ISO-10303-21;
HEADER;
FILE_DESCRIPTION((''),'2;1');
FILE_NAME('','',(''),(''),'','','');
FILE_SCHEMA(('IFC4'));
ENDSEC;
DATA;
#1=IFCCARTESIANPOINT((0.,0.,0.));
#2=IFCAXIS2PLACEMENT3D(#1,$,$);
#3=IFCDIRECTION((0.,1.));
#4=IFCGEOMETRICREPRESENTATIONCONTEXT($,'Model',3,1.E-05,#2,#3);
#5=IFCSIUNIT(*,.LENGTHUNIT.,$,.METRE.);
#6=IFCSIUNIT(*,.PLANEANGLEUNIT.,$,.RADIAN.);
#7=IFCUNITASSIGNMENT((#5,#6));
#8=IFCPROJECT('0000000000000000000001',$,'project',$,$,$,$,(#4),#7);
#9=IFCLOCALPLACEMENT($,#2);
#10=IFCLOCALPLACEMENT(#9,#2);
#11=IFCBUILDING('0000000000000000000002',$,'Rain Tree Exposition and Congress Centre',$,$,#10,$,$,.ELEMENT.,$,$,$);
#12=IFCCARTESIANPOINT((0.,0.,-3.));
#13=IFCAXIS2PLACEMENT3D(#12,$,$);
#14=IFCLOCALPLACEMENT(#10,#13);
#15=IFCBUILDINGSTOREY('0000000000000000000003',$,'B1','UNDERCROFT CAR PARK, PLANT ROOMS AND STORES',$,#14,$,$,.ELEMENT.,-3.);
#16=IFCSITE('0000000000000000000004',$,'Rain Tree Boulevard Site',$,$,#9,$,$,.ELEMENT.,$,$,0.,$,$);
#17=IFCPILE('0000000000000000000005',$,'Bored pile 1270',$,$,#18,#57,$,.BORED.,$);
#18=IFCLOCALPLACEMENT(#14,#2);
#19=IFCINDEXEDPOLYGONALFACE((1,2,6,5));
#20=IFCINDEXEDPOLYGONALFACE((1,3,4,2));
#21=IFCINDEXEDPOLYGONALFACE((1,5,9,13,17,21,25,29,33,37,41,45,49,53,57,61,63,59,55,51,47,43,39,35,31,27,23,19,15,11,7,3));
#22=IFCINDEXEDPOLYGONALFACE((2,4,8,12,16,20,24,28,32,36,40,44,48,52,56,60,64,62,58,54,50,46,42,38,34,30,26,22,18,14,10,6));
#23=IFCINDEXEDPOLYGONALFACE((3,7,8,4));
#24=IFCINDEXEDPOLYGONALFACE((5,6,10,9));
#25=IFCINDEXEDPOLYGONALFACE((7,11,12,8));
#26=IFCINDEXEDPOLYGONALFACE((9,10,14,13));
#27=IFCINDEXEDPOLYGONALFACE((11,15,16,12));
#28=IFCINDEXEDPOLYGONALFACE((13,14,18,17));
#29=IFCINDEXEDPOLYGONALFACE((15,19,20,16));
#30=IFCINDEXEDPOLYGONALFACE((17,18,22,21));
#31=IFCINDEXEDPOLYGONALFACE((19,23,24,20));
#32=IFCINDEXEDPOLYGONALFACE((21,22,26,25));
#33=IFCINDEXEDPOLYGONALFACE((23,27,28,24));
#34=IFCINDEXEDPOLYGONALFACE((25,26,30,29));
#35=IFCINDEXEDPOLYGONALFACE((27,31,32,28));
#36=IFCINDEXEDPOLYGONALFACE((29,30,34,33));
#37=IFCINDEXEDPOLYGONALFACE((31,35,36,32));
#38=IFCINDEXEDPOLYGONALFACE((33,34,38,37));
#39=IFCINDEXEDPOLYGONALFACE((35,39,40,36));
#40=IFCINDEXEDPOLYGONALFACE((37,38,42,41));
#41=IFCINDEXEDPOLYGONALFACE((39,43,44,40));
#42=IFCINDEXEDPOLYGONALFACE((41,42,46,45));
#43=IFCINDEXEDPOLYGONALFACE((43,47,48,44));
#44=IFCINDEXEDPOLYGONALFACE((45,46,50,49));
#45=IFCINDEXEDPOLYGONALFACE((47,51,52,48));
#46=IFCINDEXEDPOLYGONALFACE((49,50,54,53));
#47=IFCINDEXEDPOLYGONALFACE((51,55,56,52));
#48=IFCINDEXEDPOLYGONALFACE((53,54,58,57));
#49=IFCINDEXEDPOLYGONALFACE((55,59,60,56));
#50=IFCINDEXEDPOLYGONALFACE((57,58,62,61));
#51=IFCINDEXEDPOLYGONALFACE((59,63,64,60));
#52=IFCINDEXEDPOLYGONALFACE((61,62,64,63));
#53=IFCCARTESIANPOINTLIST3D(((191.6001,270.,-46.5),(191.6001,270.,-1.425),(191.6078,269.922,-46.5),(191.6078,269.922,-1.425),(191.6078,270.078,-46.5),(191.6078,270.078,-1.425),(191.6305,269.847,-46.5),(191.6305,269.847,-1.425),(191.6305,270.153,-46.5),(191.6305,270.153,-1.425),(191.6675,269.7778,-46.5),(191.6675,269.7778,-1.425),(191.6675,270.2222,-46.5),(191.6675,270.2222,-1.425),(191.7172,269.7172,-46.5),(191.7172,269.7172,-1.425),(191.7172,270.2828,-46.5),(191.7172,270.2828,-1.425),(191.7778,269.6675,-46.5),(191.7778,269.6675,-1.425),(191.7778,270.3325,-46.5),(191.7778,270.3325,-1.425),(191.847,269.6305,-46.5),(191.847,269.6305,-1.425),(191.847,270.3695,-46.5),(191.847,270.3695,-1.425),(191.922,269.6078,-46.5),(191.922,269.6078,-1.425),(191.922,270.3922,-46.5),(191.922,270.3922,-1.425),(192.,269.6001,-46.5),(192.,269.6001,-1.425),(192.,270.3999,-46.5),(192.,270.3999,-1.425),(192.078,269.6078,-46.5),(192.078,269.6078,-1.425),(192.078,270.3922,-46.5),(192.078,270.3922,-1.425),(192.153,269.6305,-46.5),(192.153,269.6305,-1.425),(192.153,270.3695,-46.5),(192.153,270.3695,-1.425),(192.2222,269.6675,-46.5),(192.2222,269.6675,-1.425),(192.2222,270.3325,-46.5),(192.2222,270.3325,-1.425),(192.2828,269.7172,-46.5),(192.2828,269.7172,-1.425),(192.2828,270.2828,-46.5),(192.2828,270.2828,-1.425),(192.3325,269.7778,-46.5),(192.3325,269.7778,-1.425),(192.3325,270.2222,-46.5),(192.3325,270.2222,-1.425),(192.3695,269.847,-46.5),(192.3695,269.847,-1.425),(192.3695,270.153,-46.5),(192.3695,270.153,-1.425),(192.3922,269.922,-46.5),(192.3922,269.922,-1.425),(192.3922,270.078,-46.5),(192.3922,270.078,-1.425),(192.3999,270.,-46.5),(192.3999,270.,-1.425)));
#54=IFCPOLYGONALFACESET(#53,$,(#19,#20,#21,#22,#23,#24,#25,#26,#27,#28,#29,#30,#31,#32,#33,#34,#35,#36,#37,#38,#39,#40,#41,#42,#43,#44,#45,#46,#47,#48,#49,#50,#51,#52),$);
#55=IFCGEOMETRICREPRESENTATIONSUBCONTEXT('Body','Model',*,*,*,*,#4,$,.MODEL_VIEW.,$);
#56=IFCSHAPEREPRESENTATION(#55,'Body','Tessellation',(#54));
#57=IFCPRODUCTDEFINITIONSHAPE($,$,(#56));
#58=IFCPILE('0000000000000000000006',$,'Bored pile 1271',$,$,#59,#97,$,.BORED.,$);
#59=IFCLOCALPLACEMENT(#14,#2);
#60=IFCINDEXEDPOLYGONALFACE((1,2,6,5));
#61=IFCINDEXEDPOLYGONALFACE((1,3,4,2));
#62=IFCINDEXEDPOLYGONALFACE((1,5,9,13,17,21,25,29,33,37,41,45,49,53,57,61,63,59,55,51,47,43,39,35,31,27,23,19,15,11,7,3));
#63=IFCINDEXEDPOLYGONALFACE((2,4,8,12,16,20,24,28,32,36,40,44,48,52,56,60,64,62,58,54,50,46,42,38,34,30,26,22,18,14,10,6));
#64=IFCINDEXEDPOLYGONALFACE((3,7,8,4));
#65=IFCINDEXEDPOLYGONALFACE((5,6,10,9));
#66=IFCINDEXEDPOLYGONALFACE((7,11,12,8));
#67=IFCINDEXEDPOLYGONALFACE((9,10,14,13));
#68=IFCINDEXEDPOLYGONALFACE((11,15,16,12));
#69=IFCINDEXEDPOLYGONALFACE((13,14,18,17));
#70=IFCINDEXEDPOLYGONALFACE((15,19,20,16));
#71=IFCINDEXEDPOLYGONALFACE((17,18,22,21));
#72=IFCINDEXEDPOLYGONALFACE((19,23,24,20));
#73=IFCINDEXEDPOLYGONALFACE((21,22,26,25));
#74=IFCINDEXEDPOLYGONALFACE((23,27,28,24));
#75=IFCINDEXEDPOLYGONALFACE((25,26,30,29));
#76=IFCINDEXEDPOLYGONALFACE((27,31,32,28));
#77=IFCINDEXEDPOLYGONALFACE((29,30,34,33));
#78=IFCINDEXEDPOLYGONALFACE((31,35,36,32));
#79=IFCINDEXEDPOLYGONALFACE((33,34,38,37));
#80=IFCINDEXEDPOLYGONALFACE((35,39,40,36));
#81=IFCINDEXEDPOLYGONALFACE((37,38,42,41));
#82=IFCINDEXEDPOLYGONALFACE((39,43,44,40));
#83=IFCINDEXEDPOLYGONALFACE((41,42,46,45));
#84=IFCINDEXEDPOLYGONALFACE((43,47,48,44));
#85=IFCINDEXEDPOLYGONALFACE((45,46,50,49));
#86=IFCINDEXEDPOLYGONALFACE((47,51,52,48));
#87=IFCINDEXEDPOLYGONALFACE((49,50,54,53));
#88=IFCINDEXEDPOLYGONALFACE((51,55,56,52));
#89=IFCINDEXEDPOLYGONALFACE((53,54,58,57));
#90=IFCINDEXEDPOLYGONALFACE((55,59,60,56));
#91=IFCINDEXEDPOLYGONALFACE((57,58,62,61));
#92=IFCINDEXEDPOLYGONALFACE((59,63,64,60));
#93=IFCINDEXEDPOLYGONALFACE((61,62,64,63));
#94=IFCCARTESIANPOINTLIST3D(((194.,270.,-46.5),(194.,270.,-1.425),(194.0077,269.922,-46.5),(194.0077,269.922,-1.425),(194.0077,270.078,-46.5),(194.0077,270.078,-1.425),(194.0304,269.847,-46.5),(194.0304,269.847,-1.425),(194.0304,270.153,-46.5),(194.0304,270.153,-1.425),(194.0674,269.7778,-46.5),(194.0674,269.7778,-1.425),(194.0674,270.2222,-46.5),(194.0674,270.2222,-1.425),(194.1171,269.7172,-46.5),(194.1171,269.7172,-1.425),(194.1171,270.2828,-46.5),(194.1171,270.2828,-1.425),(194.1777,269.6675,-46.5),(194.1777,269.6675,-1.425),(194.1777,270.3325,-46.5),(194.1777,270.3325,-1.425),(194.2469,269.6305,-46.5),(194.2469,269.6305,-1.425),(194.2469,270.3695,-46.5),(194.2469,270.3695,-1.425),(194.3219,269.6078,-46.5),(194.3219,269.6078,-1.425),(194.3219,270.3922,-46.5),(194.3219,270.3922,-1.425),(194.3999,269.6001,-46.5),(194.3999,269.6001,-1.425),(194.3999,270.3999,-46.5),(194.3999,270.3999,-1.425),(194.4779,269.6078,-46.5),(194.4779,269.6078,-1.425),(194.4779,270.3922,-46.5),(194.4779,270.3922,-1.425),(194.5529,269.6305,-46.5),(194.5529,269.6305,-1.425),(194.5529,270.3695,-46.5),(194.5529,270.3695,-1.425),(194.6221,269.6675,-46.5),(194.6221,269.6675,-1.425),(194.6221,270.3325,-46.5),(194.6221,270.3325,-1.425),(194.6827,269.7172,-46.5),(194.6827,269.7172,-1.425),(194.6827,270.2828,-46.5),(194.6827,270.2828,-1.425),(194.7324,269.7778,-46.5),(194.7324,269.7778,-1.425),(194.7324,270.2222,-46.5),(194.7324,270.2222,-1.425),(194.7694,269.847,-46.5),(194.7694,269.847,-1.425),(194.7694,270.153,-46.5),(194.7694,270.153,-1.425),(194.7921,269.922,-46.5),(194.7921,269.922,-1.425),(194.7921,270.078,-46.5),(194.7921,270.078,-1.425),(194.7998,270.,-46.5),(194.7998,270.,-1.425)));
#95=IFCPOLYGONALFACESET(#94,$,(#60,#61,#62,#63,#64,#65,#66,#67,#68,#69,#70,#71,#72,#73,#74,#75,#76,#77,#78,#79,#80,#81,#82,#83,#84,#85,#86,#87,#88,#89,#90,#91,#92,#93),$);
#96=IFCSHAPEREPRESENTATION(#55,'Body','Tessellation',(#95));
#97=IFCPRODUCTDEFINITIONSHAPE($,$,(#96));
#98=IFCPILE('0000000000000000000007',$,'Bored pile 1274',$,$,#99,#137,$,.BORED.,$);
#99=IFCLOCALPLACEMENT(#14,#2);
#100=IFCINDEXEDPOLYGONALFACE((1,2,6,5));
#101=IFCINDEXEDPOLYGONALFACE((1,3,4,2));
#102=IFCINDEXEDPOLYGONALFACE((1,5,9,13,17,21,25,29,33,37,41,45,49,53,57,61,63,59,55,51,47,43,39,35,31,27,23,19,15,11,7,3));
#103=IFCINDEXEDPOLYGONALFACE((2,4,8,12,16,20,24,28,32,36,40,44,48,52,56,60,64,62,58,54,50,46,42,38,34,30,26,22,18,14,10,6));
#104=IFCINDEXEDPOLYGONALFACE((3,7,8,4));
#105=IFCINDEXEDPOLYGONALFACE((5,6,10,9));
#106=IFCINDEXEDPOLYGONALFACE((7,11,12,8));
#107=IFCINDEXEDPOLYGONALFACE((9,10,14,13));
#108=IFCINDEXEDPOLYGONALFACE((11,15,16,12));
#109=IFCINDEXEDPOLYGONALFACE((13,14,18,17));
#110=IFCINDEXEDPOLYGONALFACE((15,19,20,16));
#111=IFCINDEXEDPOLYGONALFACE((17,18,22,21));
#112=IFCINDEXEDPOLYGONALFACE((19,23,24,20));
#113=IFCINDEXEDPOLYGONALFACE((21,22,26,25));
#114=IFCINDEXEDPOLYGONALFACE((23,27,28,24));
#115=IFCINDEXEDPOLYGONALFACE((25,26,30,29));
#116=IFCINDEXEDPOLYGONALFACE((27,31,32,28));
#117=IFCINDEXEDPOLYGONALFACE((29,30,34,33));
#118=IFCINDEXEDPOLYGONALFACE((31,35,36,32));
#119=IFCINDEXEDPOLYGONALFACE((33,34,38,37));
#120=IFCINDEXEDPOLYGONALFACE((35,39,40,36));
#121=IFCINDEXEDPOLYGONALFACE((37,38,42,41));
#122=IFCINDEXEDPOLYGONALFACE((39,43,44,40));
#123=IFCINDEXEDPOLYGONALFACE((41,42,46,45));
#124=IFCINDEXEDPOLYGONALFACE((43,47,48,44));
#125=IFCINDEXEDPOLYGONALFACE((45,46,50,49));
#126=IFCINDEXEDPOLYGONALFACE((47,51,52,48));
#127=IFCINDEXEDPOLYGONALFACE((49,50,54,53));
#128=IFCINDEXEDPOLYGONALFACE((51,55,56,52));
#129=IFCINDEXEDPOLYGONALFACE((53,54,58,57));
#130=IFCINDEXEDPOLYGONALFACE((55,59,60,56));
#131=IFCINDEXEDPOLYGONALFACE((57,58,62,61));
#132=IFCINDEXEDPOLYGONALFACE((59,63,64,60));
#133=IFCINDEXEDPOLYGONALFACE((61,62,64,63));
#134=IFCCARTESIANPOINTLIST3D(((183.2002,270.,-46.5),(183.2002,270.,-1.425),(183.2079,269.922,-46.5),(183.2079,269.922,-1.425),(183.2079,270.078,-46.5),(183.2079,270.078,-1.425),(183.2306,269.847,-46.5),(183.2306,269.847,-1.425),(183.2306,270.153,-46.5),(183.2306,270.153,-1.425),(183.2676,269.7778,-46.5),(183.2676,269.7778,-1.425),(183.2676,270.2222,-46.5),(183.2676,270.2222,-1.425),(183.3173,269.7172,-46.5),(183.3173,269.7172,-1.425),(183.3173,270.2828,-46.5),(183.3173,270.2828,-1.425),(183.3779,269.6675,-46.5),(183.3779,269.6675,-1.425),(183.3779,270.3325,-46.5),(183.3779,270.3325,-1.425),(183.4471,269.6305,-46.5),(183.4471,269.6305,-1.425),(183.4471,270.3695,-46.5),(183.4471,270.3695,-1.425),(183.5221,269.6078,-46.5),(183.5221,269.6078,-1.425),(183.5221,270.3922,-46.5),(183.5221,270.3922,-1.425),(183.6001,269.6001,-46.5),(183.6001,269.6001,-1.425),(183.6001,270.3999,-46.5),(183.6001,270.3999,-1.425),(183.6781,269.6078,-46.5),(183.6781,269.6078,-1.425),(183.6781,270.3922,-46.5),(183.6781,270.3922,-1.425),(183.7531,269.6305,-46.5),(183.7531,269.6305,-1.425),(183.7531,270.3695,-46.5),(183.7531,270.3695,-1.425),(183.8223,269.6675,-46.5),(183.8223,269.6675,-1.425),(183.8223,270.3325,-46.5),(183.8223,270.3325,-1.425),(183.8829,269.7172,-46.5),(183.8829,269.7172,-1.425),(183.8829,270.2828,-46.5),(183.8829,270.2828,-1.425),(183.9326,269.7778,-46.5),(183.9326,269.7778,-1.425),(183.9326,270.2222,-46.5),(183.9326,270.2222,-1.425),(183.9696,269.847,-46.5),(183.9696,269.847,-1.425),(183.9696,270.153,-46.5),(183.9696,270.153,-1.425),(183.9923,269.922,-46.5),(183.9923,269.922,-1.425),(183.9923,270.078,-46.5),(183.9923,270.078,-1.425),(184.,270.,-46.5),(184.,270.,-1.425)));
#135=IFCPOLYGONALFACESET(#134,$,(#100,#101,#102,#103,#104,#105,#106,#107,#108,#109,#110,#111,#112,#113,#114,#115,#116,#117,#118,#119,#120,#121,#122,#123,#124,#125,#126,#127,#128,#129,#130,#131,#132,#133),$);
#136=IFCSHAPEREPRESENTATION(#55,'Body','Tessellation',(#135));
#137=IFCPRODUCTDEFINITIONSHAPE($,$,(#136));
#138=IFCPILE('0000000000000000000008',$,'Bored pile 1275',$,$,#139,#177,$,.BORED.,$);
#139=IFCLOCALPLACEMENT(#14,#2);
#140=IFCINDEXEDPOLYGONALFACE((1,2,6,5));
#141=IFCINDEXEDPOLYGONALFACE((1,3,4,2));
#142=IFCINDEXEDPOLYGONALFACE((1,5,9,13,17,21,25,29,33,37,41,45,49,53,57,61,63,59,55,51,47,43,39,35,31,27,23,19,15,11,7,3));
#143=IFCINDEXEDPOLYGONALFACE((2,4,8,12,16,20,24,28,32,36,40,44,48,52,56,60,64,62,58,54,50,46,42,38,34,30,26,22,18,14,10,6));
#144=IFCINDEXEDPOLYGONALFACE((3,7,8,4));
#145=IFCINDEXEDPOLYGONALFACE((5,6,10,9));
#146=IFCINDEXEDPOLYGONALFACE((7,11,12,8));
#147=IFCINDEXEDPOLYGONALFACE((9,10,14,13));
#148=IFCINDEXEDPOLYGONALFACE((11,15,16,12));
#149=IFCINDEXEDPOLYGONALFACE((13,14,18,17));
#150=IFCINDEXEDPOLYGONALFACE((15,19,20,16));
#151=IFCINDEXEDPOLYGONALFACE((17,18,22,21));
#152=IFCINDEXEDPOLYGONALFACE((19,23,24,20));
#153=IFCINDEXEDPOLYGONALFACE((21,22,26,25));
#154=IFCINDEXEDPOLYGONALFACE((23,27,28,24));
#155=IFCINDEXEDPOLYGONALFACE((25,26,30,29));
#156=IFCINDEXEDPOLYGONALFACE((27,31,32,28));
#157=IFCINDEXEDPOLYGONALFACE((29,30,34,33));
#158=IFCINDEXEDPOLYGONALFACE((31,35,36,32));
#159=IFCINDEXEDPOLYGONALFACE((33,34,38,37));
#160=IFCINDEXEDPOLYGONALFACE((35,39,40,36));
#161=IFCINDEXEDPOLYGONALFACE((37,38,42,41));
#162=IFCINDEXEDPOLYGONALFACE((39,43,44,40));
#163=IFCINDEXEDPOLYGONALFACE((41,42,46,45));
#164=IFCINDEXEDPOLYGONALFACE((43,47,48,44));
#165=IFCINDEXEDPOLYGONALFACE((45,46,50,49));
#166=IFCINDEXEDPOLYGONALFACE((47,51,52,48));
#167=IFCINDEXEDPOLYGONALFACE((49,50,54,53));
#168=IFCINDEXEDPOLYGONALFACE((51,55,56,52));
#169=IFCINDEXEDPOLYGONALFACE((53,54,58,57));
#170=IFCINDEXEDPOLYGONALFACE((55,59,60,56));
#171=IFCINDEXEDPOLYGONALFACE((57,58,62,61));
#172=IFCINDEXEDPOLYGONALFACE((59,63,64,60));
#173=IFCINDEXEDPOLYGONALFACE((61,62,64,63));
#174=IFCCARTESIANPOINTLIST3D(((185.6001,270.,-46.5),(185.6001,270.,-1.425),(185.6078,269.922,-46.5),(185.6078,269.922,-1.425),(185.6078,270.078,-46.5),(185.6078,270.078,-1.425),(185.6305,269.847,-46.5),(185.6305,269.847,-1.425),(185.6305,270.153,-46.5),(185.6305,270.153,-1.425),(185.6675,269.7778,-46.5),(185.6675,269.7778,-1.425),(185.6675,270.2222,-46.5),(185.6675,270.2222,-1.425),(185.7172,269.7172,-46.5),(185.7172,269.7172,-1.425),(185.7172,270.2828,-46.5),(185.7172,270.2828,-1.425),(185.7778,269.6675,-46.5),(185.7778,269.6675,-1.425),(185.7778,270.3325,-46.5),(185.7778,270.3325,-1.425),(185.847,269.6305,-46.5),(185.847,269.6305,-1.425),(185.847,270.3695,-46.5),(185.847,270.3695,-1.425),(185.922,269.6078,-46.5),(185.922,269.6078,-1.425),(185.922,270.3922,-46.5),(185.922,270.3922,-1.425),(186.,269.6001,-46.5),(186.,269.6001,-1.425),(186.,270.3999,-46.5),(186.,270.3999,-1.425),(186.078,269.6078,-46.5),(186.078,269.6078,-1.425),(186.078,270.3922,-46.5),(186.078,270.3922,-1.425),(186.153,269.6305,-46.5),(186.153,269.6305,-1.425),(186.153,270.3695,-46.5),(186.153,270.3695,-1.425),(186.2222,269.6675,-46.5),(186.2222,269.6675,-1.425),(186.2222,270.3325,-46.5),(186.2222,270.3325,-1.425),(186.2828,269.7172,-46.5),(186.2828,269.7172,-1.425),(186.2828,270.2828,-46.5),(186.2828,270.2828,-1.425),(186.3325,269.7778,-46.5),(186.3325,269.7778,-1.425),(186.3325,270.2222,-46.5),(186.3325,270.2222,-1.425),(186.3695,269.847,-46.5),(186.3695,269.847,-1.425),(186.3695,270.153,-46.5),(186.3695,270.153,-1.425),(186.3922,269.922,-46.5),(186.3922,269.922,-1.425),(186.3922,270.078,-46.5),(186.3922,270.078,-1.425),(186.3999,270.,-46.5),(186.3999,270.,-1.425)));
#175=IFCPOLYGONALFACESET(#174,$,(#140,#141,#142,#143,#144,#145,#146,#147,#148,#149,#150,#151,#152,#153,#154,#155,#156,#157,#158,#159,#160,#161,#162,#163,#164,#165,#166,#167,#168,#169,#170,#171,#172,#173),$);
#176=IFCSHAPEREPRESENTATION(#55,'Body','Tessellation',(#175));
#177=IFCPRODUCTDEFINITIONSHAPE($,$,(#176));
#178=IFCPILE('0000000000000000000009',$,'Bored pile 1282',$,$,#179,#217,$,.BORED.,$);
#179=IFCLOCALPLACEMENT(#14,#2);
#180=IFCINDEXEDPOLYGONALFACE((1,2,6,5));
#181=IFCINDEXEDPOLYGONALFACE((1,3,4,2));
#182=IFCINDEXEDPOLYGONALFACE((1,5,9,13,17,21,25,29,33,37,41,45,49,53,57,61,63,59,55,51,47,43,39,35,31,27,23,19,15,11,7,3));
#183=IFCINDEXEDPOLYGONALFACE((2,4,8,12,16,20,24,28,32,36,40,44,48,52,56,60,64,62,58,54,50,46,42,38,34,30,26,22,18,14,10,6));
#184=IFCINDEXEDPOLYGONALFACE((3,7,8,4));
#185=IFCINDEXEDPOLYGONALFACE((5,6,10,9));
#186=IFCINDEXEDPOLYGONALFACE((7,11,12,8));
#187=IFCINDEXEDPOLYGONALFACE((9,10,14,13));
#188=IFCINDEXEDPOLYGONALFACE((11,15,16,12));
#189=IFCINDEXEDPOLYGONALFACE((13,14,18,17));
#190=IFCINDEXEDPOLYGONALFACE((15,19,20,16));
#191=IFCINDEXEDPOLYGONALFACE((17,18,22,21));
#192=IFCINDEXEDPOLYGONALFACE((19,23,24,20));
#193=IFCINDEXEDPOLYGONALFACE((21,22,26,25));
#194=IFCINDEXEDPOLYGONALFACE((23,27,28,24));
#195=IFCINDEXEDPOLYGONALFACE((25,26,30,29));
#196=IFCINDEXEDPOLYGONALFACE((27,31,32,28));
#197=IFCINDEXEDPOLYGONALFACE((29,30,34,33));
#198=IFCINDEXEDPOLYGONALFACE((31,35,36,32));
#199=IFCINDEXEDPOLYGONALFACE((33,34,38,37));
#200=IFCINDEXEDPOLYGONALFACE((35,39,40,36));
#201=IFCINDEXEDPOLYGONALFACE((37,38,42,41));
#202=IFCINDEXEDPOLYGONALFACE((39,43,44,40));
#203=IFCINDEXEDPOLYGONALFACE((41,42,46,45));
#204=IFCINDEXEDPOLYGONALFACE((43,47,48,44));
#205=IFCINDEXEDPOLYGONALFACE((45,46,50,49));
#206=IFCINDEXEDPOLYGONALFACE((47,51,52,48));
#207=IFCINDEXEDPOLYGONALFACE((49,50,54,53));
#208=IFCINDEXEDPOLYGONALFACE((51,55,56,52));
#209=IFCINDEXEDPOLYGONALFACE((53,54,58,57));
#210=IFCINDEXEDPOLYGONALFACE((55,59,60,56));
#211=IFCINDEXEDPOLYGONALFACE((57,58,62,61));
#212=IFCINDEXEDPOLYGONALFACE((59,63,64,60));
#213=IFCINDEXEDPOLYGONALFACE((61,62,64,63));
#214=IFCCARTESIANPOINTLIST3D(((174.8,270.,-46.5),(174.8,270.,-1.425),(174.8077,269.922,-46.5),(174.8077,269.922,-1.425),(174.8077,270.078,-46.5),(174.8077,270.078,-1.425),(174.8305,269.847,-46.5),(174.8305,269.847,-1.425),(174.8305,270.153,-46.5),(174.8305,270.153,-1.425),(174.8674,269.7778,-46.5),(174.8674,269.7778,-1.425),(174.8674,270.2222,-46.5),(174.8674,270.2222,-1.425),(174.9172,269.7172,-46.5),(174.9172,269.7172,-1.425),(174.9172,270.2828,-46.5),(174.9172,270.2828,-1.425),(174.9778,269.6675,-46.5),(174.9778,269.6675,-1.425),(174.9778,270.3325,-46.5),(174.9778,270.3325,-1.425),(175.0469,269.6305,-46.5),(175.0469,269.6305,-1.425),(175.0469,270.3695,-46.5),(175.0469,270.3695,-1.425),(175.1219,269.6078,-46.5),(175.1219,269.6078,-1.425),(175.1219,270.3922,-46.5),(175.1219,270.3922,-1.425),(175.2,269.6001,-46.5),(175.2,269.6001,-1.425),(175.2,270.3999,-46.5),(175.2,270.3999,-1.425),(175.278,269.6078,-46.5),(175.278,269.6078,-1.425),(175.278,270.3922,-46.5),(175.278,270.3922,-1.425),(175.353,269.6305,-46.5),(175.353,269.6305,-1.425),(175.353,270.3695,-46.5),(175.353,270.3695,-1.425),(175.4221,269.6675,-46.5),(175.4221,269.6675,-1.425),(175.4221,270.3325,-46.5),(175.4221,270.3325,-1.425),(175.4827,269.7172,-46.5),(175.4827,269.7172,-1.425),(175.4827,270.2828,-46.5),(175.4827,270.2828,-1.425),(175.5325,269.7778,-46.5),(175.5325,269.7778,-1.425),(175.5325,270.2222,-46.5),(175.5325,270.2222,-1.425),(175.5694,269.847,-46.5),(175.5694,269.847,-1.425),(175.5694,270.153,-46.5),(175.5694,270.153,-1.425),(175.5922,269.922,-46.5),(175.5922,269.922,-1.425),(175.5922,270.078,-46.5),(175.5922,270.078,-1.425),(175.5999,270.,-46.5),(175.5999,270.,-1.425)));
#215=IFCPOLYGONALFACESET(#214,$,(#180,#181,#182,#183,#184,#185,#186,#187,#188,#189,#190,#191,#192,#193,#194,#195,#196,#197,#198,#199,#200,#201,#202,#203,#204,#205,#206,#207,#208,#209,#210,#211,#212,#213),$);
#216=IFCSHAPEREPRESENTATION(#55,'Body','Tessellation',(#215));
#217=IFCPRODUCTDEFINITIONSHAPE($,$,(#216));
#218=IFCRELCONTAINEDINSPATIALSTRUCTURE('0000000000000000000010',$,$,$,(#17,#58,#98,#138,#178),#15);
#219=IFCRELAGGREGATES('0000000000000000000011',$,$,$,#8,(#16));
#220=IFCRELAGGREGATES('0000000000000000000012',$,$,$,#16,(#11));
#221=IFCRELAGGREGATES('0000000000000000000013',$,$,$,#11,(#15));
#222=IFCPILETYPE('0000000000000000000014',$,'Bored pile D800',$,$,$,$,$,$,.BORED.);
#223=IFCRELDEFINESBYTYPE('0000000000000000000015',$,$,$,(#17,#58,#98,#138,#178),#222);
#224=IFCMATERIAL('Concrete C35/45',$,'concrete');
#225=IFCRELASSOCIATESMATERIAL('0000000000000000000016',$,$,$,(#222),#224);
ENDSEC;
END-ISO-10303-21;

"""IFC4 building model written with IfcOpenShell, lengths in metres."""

from ifc_helpers import new_model, si_unit, direction, frame, origin, origin_2d, place, context, subcontext, project, spatial, circle, extrude, material, material_profile, profile_set, type_object, element, save


model = new_model("IFC4")

# Units and contexts
model_context = context("Model", 3, precision=1e-05, world=origin(), true_north=direction((0.0, 1.0)))
body_context = subcontext(model_context, "Body", "Model", "MODEL_VIEW")
ifc_project = project(units=[si_unit("LENGTHUNIT", "METRE"), si_unit("PLANEANGLEUNIT", "RADIAN")], contexts=[model_context])

# Site, building, storey
site_placement = place(None, origin())
site = spatial("IfcSite", under=ifc_project, at=site_placement, Name="Rain Tree Boulevard Site", CompositionType="ELEMENT", RefElevation=0.0)
building_placement = place(site_placement, origin())
building = spatial("IfcBuilding", under=site, at=building_placement, Name="Rain Tree Exposition and Congress Centre", CompositionType="ELEMENT")
storey_placement = place(building_placement, frame((0.0, 0.0, -3.0)))
storey = spatial("IfcBuildingStorey", under=building, at=storey_placement, Name="B1", Description="UNDERCROFT CAR PARK, PLANT ROOMS AND STORES", CompositionType="ELEMENT", Elevation=-3.0)

# Piles
ifc_material_1 = material(Name="Concrete C35/45", Category="concrete")
ifc_material_profile_1 = material_profile(ifc_material_1, circle(Radius=0.3999, at=origin_2d()), Name="D800")
ifc_profile_set_1 = profile_set([ifc_material_profile_1], Name="Concrete C35/45")
pile_type_1 = type_object("IfcPileType", Name="Bored pile D800", PredefinedType="BORED", material=ifc_profile_set_1)
for number, where, z_axis, x_axis, name in (
    (1, (192.0, 270.0, -1.425), (0.0, 0.0, -1.0), (1.0, 0.0, 0.0), "Bored pile 1270"),
    (2, (194.3999, 270.0, -1.425), (0.0, 0.0, -1.0), (1.0, 0.0, 0.0), "Bored pile 1271"),
    (3, (183.6001, 270.0, -1.425), (0.0, 0.0, -1.0), (1.0, 0.0, 0.0), "Bored pile 1274"),
    (4, (186.0, 270.0, -1.425), (0.0, 0.0, -1.0), (1.0, 0.0, 0.0), "Bored pile 1275"),
    (5, (175.2, 270.0, -1.425), (0.0, 0.0, -1.0), (1.0, 0.0, 0.0), "Bored pile 1282"),
):
    element("IfcPile", number, at=place(storey_placement, frame(where, z_axis=z_axis, x_axis=x_axis)), inside=storey, type_object=pile_type_1, Name=name, PredefinedType="BORED", context=body_context, shape_type="SweptSolid", body=[
        extrude(circle(Radius=0.3999, at=origin_2d()), origin(), (0.0, 0.0, 1.0), 45.075),
    ])

save(model, "model.ifc")
